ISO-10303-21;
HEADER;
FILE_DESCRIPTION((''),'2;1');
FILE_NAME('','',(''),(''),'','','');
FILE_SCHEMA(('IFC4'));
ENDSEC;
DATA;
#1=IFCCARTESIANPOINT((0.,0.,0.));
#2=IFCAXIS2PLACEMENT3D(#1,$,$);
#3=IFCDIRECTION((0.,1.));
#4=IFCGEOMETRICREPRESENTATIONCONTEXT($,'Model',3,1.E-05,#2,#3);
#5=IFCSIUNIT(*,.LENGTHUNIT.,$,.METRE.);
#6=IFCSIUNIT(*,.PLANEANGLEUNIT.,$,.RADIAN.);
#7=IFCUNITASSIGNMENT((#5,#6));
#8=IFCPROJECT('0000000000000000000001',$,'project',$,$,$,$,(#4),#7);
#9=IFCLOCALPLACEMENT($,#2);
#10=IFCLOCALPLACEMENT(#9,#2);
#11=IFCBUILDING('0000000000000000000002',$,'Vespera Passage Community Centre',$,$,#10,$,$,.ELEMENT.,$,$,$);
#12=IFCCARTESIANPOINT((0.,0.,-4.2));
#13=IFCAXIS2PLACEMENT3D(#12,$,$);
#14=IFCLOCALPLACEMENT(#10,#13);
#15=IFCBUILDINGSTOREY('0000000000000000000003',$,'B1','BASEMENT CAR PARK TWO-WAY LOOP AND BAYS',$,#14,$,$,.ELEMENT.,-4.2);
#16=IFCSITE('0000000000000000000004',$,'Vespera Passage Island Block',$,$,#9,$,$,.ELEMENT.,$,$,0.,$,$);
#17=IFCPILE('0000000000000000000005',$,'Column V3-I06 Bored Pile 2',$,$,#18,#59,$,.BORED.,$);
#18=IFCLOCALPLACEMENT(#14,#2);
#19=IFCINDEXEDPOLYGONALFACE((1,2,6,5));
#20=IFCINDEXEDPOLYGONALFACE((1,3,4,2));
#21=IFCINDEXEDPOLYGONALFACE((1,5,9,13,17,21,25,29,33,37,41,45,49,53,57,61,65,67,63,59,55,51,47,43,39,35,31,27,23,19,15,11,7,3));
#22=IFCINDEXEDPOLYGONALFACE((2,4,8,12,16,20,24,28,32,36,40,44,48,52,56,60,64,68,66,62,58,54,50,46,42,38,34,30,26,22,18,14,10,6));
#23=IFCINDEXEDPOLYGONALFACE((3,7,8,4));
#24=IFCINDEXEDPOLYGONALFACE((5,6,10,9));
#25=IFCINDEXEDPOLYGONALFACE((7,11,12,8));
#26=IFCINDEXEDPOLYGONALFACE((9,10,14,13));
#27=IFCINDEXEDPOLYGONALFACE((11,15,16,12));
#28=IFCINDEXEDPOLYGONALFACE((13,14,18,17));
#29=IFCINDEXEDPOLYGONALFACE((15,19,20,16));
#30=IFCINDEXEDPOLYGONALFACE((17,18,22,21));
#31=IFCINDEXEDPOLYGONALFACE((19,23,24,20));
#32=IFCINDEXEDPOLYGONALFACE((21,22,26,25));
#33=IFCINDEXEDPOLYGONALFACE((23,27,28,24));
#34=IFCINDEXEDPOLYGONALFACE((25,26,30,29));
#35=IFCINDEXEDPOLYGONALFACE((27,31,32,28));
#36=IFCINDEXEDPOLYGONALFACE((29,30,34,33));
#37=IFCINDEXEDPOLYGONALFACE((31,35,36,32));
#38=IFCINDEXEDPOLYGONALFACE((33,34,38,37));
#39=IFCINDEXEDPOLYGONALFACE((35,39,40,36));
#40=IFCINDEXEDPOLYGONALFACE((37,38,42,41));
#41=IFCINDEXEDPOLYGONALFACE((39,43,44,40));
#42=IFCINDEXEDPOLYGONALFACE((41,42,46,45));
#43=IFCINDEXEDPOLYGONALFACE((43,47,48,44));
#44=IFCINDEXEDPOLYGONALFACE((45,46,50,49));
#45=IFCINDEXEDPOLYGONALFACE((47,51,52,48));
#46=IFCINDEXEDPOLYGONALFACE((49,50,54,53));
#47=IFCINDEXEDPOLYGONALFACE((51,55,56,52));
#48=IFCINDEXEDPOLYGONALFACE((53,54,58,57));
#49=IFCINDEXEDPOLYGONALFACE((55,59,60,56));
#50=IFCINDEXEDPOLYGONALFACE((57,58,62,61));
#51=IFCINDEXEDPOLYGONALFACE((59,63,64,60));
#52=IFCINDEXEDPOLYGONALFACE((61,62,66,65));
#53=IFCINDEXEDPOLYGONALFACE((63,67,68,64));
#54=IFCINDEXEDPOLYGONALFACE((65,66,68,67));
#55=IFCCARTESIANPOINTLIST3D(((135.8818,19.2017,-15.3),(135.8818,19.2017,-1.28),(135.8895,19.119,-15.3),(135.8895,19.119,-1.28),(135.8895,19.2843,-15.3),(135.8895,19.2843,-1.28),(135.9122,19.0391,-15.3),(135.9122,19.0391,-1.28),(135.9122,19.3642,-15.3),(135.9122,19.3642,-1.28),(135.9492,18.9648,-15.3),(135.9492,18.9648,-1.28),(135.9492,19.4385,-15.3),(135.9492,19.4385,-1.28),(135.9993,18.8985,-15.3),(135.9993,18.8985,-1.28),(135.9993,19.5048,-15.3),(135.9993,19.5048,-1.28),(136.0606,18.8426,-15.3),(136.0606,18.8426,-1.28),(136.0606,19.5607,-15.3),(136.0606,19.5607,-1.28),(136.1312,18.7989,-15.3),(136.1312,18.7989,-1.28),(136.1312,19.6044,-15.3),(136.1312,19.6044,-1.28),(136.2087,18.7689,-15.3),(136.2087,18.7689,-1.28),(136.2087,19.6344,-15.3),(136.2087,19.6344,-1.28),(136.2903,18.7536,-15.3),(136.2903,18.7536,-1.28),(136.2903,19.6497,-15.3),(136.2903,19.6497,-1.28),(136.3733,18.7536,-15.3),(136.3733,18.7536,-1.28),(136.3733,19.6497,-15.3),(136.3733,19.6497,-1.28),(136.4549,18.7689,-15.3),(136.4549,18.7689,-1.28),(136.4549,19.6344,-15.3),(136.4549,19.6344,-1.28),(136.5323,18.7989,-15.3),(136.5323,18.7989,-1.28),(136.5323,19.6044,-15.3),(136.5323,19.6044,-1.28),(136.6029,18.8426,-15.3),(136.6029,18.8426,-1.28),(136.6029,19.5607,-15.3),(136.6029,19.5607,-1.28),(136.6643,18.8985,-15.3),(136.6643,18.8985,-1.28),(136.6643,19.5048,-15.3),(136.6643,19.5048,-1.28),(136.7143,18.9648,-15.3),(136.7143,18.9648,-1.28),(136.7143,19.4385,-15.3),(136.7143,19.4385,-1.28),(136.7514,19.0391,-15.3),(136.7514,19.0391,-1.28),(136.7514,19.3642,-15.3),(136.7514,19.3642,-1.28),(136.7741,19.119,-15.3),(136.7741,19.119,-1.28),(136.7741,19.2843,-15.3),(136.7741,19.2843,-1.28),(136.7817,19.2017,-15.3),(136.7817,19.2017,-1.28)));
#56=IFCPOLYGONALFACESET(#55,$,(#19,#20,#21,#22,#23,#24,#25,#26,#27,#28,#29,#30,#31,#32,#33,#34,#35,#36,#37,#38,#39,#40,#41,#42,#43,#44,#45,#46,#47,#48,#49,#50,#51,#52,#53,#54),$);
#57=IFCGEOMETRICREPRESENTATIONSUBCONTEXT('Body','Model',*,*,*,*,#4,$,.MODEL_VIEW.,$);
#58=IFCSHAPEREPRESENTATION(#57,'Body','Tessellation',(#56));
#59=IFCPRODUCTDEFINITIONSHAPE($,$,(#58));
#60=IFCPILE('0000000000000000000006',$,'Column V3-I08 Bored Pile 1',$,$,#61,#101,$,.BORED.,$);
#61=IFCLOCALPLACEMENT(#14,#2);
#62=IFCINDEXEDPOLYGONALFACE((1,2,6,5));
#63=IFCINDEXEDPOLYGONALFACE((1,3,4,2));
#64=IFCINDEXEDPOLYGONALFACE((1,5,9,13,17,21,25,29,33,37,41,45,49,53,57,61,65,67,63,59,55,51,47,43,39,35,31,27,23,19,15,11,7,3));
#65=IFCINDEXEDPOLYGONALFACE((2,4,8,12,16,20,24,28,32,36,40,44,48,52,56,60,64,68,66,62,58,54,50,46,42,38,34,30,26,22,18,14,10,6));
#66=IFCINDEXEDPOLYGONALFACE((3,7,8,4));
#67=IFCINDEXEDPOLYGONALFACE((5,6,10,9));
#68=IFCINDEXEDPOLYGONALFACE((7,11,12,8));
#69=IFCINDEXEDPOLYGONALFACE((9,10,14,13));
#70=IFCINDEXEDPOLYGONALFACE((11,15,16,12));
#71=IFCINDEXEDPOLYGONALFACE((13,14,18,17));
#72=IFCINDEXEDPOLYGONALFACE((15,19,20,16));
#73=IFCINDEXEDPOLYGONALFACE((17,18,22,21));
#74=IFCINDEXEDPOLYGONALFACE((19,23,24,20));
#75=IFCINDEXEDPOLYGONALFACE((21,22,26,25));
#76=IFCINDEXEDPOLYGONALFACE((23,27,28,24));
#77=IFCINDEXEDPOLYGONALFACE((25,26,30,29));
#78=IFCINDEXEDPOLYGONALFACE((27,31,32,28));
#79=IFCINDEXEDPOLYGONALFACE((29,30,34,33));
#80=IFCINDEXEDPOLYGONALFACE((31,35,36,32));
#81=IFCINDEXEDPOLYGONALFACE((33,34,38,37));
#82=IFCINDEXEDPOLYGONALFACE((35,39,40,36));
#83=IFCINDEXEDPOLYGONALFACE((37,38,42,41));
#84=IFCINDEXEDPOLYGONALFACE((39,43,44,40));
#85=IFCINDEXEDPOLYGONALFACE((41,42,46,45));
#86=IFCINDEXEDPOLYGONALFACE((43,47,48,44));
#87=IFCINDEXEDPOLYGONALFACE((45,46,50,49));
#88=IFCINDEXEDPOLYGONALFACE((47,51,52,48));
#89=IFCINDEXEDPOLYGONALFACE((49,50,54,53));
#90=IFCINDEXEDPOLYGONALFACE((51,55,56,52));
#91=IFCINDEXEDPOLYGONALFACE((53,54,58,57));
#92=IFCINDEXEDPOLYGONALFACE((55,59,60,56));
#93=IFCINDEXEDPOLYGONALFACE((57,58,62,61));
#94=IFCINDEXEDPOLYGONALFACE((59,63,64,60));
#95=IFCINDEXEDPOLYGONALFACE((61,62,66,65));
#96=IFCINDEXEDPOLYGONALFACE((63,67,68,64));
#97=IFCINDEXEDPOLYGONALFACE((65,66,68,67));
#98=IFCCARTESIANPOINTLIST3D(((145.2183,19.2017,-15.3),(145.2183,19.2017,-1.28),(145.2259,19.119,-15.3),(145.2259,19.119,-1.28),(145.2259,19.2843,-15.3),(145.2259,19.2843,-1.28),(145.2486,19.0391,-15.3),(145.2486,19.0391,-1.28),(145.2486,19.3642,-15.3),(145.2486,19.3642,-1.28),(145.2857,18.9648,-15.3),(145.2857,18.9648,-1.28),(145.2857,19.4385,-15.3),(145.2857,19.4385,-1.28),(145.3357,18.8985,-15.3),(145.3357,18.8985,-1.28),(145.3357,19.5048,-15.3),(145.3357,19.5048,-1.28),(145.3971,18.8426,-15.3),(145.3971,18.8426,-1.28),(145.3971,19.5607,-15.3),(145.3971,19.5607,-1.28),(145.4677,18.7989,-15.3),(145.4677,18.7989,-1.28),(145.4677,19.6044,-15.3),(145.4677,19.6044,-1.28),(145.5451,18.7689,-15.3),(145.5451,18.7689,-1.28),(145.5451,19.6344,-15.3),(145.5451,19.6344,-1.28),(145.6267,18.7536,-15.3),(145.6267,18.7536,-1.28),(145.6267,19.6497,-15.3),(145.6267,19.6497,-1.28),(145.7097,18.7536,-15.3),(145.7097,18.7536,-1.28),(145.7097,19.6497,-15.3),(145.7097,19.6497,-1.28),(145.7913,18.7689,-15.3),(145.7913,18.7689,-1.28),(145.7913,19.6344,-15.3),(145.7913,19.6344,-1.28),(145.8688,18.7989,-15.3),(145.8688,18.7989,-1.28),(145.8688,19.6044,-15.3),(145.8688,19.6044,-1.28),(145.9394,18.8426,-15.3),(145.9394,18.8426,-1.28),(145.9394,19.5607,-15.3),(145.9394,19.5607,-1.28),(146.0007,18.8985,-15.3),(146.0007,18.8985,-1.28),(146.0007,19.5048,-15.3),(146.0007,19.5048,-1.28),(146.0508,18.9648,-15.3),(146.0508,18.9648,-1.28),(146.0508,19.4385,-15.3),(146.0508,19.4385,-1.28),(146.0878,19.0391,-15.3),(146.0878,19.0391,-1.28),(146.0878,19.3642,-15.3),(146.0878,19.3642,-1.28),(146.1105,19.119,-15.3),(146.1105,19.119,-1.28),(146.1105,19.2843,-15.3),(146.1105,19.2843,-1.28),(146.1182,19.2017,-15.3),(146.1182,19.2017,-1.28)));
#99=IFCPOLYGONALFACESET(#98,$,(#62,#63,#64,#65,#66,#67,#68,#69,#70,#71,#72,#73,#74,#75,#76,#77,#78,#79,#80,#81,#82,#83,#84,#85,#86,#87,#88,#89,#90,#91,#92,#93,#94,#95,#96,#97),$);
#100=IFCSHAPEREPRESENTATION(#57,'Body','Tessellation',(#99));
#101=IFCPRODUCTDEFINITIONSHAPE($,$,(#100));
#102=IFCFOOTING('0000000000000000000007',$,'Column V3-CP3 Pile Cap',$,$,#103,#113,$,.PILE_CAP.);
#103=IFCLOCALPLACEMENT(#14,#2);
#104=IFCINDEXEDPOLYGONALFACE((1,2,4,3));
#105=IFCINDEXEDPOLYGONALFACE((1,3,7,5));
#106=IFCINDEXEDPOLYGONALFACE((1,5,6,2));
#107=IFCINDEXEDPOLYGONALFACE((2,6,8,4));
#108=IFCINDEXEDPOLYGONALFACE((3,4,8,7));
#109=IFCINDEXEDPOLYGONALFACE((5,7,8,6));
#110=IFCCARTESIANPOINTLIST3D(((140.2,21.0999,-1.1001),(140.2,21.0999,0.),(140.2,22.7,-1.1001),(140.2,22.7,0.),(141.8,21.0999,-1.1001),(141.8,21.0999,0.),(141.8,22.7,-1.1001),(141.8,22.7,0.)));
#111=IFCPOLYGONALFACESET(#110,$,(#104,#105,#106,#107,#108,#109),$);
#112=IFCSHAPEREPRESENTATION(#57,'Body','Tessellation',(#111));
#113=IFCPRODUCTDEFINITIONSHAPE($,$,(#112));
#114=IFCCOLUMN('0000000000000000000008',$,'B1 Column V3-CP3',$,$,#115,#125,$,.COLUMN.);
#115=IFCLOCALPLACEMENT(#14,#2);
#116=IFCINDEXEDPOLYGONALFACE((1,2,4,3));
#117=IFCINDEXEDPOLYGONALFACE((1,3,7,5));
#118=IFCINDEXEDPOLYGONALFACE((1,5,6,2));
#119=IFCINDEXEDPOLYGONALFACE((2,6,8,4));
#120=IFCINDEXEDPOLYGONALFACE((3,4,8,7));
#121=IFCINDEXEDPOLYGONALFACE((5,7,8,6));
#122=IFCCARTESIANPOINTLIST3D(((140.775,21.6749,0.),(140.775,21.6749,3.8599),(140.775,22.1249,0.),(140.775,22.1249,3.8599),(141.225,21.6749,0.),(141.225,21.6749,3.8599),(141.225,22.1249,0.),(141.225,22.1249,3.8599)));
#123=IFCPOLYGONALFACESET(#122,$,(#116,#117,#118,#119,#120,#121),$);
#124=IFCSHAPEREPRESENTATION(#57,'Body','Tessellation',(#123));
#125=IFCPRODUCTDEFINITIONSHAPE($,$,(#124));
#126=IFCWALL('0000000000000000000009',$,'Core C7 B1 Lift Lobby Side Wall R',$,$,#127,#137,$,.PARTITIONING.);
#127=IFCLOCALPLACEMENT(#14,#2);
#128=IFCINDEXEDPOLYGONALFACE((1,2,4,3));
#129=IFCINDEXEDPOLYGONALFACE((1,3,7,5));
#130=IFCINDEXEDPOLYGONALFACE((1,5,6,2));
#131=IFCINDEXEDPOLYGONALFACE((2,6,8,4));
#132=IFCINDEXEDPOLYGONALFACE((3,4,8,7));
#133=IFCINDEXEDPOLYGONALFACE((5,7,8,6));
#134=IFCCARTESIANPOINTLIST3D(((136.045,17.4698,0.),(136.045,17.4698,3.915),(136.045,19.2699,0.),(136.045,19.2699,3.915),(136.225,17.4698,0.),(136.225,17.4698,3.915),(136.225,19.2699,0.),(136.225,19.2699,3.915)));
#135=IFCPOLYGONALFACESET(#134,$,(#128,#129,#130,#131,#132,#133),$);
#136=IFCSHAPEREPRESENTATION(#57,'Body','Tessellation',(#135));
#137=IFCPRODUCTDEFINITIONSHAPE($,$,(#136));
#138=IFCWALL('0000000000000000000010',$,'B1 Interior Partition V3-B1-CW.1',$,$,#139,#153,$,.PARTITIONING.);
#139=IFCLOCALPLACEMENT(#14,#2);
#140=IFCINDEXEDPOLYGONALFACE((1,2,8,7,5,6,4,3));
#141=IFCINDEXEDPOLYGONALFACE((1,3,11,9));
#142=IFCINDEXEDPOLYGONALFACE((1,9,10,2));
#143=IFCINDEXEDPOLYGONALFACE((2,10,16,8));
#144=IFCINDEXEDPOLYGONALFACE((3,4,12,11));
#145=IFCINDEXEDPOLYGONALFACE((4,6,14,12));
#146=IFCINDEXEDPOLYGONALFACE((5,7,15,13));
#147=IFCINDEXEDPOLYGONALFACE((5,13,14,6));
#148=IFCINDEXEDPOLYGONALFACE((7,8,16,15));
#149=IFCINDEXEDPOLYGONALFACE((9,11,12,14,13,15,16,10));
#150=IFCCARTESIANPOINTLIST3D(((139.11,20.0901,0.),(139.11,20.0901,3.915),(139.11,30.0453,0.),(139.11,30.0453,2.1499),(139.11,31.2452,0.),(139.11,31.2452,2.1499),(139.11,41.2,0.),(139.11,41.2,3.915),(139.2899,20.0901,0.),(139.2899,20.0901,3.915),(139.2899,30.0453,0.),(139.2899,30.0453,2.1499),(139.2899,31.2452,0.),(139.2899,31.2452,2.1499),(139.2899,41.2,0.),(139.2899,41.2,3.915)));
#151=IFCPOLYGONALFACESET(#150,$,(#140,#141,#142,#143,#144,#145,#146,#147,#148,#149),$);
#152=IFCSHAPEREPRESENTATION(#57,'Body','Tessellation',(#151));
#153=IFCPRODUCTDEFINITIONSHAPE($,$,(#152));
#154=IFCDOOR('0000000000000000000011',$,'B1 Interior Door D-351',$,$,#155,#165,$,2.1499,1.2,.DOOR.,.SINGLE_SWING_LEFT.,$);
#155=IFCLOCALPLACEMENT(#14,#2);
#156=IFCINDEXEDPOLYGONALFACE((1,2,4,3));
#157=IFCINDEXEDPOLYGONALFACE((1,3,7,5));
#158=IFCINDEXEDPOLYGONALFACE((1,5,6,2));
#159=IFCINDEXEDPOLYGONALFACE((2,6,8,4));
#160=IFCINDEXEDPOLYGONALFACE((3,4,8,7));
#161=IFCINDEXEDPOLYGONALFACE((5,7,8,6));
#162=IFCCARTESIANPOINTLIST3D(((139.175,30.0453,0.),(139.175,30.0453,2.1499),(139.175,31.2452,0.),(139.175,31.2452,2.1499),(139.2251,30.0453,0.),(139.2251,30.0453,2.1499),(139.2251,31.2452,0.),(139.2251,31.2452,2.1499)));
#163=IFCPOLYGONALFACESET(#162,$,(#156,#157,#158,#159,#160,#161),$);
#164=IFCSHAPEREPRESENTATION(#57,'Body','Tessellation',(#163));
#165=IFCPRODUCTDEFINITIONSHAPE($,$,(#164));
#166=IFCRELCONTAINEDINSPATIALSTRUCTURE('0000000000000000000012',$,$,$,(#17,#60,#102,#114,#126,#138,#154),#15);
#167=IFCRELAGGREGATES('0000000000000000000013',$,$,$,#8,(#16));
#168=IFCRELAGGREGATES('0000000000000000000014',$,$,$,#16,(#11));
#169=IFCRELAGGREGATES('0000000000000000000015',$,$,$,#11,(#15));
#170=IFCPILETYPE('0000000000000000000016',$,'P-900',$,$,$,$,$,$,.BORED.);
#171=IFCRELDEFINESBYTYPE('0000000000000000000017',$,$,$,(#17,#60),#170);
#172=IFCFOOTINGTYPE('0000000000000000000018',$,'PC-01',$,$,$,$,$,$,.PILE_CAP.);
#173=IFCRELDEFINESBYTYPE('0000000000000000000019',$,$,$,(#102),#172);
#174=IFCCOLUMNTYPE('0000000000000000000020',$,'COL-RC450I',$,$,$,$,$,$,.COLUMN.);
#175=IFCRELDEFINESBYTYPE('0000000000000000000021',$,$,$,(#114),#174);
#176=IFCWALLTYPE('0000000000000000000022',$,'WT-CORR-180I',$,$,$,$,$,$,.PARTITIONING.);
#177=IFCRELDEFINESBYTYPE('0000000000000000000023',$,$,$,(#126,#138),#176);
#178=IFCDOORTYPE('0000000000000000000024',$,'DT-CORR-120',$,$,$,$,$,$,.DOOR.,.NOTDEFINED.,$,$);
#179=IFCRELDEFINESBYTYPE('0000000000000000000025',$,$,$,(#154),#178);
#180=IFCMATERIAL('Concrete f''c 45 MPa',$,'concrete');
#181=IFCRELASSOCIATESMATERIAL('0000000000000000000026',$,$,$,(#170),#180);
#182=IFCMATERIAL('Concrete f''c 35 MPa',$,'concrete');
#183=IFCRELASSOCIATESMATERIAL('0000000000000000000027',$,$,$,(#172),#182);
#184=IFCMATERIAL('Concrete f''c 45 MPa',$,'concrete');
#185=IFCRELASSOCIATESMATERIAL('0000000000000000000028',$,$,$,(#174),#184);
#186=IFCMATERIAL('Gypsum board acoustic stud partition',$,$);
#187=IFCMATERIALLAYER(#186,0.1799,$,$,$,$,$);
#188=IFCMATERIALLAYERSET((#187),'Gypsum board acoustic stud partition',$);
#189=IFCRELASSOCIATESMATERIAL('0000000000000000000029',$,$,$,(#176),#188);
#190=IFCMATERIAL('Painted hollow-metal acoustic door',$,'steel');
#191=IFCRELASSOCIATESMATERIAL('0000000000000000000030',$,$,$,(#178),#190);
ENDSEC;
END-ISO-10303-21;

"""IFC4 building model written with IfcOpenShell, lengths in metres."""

from ifc_helpers import new_model, si_unit, direction, frame, frame_2d, origin, origin_2d, place, context, subcontext, project, spatial, rectangle, circle, extrude, material, layer, layer_set, material_profile, profile_set, type_object, element, fill, save


model = new_model("IFC4")

# Units and contexts
model_context = context("Model", 3, precision=1e-05, world=origin(), true_north=direction((0.0, 1.0)))
body_context = subcontext(model_context, "Body", "Model", "MODEL_VIEW")
ifc_project = project(units=[si_unit("LENGTHUNIT", "METRE"), si_unit("PLANEANGLEUNIT", "RADIAN")], contexts=[model_context])

# Site, building, storey
site_placement = place(None, origin())
site = spatial("IfcSite", under=ifc_project, at=site_placement, Name="Vespera Passage Island Block", CompositionType="ELEMENT", RefElevation=0.0)
building_placement = place(site_placement, origin())
building = spatial("IfcBuilding", under=site, at=building_placement, Name="Vespera Passage Community Centre", CompositionType="ELEMENT")
storey_placement = place(building_placement, frame((0.0, 0.0, -4.2)))
storey = spatial("IfcBuildingStorey", under=building, at=storey_placement, Name="B1", Description="BASEMENT CAR PARK TWO-WAY LOOP AND BAYS", CompositionType="ELEMENT", Elevation=-4.2)

# Piles
ifc_material_1 = material(Name="Concrete f'c 45 MPa", Category="concrete")
ifc_material_profile_1 = material_profile(ifc_material_1, circle(Radius=0.45, at=origin_2d()), Name="PILE900DIA")
ifc_profile_set_1 = profile_set([ifc_material_profile_1], Name="Concrete f'c 45 MPa")
pile_type_1 = type_object("IfcPileType", Name="P-900", PredefinedType="BORED", material=ifc_profile_set_1)
for number, where, z_axis, x_axis, name in (
    (1, (136.3318, 19.2017, -1.28), (0.0, 0.0, -1.0), (1.0, 0.0, 0.0), "Column V3-I06 Bored Pile 2"),
    (2, (145.6682, 19.2017, -1.28), (0.0, 0.0, -1.0), (1.0, 0.0, 0.0), "Column V3-I08 Bored Pile 1"),
):
    element("IfcPile", number, at=place(storey_placement, frame(where, z_axis=z_axis, x_axis=x_axis)), inside=storey, type_object=pile_type_1, Name=name, PredefinedType="BORED", context=body_context, shape_type="SweptSolid", body=[
        extrude(circle(Radius=0.45, at=origin_2d()), origin(), (0.0, 0.0, 1.0), 14.02),
    ])

# Footing
ifc_material_2 = material(Name="Concrete f'c 35 MPa", Category="concrete")
footing_type_1 = type_object("IfcFootingType", Name="PC-01", PredefinedType="PILE_CAP", material=ifc_material_2)
footing_1_placement = place(storey_placement, frame((141.0, 21.8999, -1.1001), z_axis=(0.0, 0.0, 1.0), x_axis=(1.0, 0.0, 0.0)))
element("IfcFooting", 3, at=footing_1_placement, inside=storey, type_object=footing_type_1, Name="Column V3-CP3 Pile Cap", PredefinedType="PILE_CAP", context=body_context, shape_type="SweptSolid", body=[
    extrude(rectangle(XDim=1.6001, YDim=1.6001, at=origin_2d()), origin(), (0.0, 0.0, 1.0), 1.1001),
])

# Column
ifc_material_3 = material(Name="Concrete f'c 45 MPa", Category="concrete")
ifc_material_profile_2 = material_profile(ifc_material_3, rectangle(XDim=0.45, YDim=0.45, at=origin_2d()), Name="RC450X450")
ifc_profile_set_2 = profile_set([ifc_material_profile_2], Name="Concrete f'c 45 MPa")
column_type = type_object("IfcColumnType", Name="COL-RC450I", PredefinedType="COLUMN", material=ifc_profile_set_2)
column_placement = place(storey_placement, frame((141.0, 21.8999, 0.0), z_axis=(0.0, 0.0, 1.0), x_axis=(1.0, 0.0, 0.0)))
element("IfcColumn", 4, at=column_placement, inside=storey, type_object=column_type, Name="B1 Column V3-CP3", PredefinedType="COLUMN", context=body_context, shape_type="SweptSolid", body=[
    extrude(rectangle(XDim=0.45, YDim=0.45, at=origin_2d()), origin(), (0.0, 0.0, 1.0), 3.8599),
])

# Wall
ifc_material_4 = material(Name="Gypsum board acoustic stud partition")
ifc_layer_1 = layer(ifc_material_4, 0.1799)
ifc_layer_set_1 = layer_set([ifc_layer_1], Name="Gypsum board acoustic stud partition")
wall_type_1 = type_object("IfcWallType", Name="WT-CORR-180I", PredefinedType="PARTITIONING", material=ifc_layer_set_1)
wall_1_placement = place(storey_placement, frame((136.135, 17.47, 0.0), z_axis=(0.0, 0.0, 1.0), x_axis=(0.0, 1.0, 0.0)))
element("IfcWall", 5, at=wall_1_placement, inside=storey, type_object=wall_type_1, Name="Core C7 B1 Lift Lobby Side Wall R", PredefinedType="PARTITIONING", context=body_context, shape_type="SweptSolid", body=[
    extrude(rectangle(XDim=1.8, YDim=0.1799, at=frame_2d((0.8999, 0.0))), origin(), (0.0, 0.0, 1.0), 3.915),
])

# Wall, opening, door
wall_2_placement = place(storey_placement, frame((139.2, 20.0901, 0.0), z_axis=(0.0, 0.0, 1.0), x_axis=(0.0, 1.0, 0.0)))
wall_2 = element("IfcWall", 6, at=wall_2_placement, inside=storey, type_object=wall_type_1, Name="B1 Interior Partition V3-B1-CW.1", PredefinedType="PARTITIONING", context=body_context, shape_type="SweptSolid", body=[
    extrude(rectangle(XDim=21.1099, YDim=0.1799, at=frame_2d((10.5549, 0.0))), origin(), (0.0, 0.0, 1.0), 3.915),
])
opening_1_placement = place(wall_2_placement, frame((9.9551, 0.0, 0.0)))
opening_1 = element("IfcOpeningElement", 7, at=opening_1_placement, cuts=wall_2, PredefinedType="OPENING", context=body_context, shape_type="SweptSolid", body=[
    extrude(rectangle(XDim=1.2, YDim=2.1499, at=frame_2d((0.6001, 1.075))), frame((0.0, 0.0999, 0.0), z_axis=(0.0, -1.0, 0.0), x_axis=(1.0, 0.0, 0.0)), (0.0, 0.0, 1.0), 0.2),
])
ifc_material_5 = material(Name="Painted hollow-metal acoustic door", Category="steel")
door_type_1 = type_object("IfcDoorType", Name="DT-CORR-120", OperationType="NOTDEFINED", PredefinedType="DOOR", material=ifc_material_5)
door_1_placement = place(opening_1_placement, origin())
door_1 = element("IfcDoor", 8, at=door_1_placement, inside=storey, type_object=door_type_1, Name="B1 Interior Door D-351", OperationType="SINGLE_SWING_LEFT", OverallHeight=2.1499, OverallWidth=1.2, PredefinedType="DOOR", context=body_context, shape_type="SweptSolid", body=[
    extrude(rectangle(XDim=1.2, YDim=2.1499, at=frame_2d((0.6001, 1.075))), frame((0.0, 0.0249, 0.0), z_axis=(0.0, -1.0, 0.0), x_axis=(1.0, 0.0, 0.0)), (0.0, 0.0, 1.0), 0.05),
])
fill(opening_1, door_1)

save(model, "model.ifc")
